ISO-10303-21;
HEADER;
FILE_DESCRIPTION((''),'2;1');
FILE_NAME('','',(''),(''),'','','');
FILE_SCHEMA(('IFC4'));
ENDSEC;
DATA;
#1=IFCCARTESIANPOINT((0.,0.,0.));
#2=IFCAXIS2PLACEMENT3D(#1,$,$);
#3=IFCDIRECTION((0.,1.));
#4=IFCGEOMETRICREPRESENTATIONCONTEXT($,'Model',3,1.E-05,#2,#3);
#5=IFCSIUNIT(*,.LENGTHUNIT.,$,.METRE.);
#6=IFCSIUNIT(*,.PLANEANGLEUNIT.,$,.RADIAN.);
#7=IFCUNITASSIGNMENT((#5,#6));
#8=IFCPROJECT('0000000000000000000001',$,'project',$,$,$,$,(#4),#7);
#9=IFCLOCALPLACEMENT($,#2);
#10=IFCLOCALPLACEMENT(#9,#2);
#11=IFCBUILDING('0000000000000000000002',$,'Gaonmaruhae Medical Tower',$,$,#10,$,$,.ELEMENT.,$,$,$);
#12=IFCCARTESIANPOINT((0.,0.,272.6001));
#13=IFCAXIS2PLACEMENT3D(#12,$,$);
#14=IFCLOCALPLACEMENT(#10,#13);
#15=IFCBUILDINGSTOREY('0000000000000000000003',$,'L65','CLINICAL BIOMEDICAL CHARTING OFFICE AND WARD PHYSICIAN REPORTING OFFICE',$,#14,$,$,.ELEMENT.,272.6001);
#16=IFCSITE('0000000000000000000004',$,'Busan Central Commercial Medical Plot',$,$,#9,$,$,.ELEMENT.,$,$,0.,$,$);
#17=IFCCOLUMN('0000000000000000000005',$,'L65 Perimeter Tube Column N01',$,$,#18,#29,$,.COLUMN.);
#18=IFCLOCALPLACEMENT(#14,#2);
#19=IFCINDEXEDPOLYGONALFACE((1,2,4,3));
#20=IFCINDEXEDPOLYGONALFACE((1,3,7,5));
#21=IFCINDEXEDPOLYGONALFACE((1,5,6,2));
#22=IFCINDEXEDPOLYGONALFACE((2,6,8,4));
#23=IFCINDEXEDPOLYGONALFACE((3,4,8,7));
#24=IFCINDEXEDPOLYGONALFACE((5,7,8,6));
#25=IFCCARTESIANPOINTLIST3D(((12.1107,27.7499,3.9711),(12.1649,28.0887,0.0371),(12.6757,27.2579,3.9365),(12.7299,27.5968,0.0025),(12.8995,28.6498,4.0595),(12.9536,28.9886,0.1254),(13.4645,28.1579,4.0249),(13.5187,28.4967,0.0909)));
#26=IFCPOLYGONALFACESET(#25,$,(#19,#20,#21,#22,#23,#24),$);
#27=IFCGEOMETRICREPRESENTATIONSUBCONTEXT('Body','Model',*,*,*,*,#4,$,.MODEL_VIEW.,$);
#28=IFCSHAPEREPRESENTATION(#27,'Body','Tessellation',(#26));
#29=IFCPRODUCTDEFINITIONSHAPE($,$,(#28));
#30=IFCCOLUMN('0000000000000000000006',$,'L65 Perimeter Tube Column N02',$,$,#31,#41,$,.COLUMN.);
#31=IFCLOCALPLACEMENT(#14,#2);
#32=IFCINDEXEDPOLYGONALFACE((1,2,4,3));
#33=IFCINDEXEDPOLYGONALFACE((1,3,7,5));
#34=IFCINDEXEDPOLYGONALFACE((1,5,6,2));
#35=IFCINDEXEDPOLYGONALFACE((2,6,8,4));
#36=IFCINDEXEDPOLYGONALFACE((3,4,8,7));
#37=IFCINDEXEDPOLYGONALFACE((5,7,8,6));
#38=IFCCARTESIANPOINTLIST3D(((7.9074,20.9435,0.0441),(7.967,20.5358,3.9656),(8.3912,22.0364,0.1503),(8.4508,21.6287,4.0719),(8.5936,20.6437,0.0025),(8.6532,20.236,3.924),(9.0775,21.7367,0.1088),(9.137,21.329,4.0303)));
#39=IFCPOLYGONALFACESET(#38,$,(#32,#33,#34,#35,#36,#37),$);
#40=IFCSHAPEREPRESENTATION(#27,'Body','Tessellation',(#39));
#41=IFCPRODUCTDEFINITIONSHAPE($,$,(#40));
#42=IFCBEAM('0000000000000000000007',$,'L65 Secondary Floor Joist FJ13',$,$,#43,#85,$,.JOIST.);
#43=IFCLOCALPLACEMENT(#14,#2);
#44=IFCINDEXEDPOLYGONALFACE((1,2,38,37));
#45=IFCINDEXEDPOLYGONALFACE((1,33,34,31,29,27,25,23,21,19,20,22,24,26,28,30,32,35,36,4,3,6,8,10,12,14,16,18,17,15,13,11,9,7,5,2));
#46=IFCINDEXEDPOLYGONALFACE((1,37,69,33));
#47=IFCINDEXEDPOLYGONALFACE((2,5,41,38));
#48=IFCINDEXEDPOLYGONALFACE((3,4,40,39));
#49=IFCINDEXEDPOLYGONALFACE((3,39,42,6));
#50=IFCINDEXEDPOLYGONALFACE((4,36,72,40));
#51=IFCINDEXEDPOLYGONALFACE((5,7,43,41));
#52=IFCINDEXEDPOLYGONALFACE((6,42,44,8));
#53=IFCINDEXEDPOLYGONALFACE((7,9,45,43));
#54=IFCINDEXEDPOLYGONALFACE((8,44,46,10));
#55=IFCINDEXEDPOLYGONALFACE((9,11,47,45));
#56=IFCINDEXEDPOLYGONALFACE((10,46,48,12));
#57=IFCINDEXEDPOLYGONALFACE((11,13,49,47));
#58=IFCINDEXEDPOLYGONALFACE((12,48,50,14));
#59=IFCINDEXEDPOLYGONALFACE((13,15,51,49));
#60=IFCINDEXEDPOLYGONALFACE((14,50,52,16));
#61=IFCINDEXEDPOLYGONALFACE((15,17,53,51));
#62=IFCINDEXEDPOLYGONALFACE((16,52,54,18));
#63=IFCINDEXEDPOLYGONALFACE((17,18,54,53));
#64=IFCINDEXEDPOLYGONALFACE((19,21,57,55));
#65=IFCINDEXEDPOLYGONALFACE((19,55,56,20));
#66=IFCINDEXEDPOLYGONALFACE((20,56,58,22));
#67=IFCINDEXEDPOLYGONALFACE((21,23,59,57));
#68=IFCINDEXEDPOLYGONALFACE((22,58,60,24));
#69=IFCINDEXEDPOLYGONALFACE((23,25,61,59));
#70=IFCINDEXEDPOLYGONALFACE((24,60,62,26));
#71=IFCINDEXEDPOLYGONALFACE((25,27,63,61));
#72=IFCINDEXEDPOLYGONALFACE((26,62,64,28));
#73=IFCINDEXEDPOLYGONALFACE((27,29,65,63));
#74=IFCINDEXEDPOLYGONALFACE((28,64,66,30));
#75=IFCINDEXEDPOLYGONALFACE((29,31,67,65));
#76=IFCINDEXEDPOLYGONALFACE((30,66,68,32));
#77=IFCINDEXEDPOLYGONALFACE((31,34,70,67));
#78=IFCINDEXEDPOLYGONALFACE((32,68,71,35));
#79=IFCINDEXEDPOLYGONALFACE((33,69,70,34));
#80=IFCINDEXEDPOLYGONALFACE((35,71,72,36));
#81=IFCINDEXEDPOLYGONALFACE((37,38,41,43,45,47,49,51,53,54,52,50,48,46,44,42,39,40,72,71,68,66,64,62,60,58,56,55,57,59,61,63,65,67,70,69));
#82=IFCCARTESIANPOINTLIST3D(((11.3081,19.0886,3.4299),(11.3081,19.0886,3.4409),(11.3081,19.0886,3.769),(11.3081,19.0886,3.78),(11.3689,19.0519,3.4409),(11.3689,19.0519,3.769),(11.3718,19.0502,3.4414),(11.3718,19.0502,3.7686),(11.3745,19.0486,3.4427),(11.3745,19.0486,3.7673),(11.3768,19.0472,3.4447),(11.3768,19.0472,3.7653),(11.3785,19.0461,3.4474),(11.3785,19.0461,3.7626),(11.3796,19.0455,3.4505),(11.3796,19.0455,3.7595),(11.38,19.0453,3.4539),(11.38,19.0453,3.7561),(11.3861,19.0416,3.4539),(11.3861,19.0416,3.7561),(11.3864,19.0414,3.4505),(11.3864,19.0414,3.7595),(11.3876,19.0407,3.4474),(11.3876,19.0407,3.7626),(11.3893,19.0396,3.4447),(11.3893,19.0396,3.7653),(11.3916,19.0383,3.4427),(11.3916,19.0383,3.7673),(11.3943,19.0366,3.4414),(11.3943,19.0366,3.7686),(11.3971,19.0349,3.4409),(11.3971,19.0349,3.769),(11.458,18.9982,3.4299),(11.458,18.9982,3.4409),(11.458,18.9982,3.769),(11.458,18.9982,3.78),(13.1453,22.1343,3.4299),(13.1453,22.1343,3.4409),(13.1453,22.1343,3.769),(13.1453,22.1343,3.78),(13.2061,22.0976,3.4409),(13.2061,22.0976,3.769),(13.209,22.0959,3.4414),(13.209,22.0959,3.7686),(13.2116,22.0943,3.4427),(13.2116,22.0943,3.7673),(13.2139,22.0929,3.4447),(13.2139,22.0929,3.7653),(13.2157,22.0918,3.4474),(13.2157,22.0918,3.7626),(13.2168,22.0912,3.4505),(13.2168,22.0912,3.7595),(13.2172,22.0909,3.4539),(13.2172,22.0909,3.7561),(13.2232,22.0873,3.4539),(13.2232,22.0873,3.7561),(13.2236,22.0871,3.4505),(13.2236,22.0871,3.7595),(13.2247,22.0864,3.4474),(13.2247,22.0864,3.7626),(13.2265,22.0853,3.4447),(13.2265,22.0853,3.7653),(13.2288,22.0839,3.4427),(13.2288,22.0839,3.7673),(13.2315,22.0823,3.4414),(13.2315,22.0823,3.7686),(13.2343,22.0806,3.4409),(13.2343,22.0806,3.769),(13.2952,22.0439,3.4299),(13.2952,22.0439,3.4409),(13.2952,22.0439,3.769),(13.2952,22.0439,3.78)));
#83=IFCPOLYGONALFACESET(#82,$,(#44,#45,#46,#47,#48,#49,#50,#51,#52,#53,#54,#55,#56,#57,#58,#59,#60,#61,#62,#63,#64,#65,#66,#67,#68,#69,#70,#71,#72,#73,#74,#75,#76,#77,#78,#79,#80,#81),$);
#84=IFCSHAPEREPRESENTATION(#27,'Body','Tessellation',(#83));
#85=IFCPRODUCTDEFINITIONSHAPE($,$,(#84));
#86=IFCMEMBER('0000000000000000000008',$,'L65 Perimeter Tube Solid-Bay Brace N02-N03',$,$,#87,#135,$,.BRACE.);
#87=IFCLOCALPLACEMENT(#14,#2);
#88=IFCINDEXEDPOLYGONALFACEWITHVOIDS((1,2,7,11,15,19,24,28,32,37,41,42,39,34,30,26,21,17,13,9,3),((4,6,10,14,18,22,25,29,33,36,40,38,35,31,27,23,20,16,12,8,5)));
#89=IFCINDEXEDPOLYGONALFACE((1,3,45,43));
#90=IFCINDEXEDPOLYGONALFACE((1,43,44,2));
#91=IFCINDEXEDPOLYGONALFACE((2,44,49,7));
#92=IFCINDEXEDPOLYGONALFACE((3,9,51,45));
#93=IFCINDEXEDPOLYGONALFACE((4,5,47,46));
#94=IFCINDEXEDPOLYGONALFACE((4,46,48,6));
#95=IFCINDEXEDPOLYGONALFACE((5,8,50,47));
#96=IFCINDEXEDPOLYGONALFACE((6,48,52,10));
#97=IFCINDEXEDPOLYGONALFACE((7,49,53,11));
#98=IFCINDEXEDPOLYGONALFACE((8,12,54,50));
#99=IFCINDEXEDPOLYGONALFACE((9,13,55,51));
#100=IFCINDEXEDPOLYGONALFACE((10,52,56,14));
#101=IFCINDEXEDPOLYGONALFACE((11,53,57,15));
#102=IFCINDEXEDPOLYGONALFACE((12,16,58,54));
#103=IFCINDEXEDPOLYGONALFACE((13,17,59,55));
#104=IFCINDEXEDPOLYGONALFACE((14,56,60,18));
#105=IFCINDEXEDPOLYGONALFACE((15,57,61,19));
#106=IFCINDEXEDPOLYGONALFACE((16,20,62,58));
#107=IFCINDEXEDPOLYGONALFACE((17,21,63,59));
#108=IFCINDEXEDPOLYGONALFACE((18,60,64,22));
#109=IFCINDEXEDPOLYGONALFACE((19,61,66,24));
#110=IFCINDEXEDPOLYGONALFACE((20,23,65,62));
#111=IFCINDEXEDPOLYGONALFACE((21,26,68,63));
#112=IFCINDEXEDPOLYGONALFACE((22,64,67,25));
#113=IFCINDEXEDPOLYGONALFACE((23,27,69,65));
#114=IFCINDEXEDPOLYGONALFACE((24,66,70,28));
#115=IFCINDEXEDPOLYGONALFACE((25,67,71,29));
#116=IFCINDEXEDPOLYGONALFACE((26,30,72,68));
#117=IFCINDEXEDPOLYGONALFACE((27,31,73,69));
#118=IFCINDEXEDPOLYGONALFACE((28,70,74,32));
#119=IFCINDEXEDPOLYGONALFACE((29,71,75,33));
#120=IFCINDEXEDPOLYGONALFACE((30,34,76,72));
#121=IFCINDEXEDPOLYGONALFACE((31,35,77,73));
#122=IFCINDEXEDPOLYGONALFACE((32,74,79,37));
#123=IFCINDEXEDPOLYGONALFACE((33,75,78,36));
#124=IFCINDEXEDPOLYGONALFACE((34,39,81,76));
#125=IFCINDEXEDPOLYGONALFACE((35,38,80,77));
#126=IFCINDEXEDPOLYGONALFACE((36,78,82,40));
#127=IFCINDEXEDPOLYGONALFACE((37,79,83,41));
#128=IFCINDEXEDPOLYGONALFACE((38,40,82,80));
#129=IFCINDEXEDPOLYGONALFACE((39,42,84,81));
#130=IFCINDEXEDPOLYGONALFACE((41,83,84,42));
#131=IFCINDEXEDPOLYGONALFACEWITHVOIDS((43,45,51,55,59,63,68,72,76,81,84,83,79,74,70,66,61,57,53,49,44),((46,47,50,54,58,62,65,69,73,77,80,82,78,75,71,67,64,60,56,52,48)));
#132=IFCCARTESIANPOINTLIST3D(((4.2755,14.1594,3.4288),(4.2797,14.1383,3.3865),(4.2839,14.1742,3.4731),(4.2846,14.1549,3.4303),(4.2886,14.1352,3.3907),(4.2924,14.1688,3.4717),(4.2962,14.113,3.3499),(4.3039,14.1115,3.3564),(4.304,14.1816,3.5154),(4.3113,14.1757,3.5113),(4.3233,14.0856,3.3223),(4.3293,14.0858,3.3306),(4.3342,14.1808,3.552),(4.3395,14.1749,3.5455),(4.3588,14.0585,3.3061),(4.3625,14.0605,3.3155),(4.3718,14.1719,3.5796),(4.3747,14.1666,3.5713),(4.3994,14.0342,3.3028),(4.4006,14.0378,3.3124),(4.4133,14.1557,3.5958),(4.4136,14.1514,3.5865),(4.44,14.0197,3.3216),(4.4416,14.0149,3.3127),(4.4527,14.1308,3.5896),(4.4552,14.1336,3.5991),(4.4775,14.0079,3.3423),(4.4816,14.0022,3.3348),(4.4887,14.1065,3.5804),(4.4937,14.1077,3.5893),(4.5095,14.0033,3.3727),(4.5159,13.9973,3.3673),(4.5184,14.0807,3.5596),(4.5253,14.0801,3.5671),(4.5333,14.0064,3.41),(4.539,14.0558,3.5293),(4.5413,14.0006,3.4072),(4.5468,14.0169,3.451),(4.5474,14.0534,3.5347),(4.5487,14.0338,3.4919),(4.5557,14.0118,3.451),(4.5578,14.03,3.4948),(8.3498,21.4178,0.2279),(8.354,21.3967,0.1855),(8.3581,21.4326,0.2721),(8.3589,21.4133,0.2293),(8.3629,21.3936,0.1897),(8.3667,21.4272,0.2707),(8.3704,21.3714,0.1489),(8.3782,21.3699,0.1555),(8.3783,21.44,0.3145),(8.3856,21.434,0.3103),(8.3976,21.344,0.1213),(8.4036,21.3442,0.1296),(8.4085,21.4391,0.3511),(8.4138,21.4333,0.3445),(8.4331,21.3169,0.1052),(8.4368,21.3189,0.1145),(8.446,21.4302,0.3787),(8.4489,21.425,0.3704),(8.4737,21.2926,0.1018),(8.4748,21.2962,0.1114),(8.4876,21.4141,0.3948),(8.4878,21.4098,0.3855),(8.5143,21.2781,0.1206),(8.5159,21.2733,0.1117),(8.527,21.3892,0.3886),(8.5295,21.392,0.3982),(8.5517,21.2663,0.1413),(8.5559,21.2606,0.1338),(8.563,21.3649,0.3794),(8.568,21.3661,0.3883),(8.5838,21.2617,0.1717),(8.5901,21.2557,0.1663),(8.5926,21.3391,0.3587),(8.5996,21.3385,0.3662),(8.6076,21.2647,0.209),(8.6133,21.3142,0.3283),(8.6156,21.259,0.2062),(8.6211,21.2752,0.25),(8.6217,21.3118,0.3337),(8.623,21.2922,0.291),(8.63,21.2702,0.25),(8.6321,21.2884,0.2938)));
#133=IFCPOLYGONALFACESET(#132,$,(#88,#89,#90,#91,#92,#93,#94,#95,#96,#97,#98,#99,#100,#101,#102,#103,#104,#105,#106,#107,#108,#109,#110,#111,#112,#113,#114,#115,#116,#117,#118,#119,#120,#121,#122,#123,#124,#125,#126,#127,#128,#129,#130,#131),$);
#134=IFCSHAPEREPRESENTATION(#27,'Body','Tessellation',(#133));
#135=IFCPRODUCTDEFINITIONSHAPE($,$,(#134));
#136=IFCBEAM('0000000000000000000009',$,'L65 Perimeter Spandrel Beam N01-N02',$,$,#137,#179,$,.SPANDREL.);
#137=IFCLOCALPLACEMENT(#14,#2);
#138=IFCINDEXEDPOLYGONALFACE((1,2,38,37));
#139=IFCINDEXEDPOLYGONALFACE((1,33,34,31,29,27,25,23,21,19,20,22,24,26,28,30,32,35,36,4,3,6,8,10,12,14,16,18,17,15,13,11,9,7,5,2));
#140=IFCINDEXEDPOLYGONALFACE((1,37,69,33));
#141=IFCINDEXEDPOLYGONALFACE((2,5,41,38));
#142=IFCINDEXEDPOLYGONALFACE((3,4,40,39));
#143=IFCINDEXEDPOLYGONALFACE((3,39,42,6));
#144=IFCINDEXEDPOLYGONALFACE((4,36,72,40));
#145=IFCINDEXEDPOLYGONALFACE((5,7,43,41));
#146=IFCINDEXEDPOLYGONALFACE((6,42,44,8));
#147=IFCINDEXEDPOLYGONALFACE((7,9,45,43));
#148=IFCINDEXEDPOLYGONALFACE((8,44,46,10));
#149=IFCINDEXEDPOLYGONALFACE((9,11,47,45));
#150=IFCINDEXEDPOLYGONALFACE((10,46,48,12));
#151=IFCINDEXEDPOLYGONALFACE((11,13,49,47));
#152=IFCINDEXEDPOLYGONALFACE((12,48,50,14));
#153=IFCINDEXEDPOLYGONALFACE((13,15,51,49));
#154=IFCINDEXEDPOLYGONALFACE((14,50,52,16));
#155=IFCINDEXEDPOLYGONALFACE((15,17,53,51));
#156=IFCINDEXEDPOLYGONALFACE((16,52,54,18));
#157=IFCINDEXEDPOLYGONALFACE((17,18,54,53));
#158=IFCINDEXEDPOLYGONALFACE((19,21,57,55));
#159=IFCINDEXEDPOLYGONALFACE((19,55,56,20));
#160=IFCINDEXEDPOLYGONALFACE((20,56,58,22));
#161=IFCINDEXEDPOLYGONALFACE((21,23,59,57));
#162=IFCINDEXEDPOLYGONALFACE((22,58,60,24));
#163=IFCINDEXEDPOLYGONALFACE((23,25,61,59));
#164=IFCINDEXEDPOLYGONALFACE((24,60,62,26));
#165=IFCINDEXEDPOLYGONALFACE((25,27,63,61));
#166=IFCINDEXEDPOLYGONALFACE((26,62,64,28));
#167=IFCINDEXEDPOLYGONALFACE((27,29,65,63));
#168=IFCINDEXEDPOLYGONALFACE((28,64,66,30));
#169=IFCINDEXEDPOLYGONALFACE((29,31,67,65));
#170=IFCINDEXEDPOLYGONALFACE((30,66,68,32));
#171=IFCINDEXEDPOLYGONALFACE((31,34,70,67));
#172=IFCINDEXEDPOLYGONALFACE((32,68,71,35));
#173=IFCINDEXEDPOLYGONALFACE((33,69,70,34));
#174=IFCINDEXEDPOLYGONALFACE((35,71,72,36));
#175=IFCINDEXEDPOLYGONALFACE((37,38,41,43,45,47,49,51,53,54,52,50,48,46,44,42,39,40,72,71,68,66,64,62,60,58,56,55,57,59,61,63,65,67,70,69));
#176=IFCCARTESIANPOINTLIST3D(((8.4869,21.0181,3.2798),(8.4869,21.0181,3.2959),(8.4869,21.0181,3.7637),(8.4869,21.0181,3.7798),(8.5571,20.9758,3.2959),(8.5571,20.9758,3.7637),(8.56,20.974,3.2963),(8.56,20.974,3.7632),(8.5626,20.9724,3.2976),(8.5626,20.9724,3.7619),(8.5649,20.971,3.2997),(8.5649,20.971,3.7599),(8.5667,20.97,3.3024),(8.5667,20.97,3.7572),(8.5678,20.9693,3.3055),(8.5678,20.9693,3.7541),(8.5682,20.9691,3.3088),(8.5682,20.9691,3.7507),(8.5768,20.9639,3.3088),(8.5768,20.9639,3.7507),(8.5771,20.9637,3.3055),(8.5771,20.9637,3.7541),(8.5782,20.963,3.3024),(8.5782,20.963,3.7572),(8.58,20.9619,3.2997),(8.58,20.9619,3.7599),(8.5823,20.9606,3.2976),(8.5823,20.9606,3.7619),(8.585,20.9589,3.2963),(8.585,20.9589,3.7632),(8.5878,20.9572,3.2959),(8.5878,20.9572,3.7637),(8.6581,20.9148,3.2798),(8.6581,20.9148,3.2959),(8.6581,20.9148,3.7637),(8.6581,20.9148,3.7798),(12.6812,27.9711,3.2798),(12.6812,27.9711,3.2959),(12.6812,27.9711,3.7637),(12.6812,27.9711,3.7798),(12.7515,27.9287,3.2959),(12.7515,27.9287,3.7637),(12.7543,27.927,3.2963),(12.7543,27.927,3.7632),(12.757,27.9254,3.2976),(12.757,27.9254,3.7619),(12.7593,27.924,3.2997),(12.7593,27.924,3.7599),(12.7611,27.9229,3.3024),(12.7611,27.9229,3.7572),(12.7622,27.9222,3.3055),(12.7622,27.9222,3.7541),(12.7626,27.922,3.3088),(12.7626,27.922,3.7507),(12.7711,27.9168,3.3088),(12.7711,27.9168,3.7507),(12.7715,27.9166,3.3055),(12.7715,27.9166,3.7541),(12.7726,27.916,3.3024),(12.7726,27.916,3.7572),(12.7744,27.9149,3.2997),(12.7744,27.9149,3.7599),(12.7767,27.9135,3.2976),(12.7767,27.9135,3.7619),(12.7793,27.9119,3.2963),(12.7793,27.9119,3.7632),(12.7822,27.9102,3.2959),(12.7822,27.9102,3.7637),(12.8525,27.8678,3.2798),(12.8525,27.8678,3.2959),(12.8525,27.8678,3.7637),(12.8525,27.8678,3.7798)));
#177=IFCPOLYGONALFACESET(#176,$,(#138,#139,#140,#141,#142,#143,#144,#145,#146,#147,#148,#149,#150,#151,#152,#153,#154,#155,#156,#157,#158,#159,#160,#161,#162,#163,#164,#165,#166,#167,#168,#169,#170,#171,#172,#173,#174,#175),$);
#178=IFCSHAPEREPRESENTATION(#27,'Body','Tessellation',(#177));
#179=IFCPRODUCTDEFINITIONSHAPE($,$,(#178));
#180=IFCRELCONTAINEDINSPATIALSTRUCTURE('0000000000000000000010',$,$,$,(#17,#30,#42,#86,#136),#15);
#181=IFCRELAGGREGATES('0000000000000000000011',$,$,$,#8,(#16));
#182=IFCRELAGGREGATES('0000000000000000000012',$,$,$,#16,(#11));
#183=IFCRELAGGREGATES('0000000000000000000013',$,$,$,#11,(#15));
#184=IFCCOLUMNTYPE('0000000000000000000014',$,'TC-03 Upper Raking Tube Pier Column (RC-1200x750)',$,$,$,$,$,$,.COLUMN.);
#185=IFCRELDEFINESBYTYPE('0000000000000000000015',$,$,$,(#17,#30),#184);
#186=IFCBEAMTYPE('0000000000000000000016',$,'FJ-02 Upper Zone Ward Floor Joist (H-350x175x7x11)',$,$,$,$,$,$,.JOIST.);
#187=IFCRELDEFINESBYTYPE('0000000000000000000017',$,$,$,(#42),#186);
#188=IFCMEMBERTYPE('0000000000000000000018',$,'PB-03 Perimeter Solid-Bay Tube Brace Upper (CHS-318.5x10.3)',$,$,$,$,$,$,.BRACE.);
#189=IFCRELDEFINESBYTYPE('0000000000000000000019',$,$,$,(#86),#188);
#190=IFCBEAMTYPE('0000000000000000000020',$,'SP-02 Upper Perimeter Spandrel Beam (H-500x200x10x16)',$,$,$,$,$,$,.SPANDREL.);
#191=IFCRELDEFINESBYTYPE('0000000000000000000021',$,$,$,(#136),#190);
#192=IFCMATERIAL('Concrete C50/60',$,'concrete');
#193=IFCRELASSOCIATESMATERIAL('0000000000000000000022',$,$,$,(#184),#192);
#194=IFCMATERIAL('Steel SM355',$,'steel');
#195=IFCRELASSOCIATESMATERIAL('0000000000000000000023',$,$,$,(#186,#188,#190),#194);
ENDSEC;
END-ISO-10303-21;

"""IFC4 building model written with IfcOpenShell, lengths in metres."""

from ifc_helpers import new_model, si_unit, direction, frame, origin, origin_2d, place, context, subcontext, project, spatial, rectangle, hollow_circle, i_section, extrude, material, material_profile, profile_set, type_object, element, save


model = new_model("IFC4")

# Units and contexts
model_context = context("Model", 3, precision=1e-05, world=origin(), true_north=direction((0.0, 1.0)))
body_context = subcontext(model_context, "Body", "Model", "MODEL_VIEW")
ifc_project = project(units=[si_unit("LENGTHUNIT", "METRE"), si_unit("PLANEANGLEUNIT", "RADIAN")], contexts=[model_context])

# Site, building, storey
site_placement = place(None, origin())
site = spatial("IfcSite", under=ifc_project, at=site_placement, Name="Busan Central Commercial Medical Plot", CompositionType="ELEMENT", RefElevation=0.0)
building_placement = place(site_placement, origin())
building = spatial("IfcBuilding", under=site, at=building_placement, Name="Gaonmaruhae Medical Tower", CompositionType="ELEMENT")
storey_placement = place(building_placement, frame((0.0, 0.0, 272.6001)))
storey = spatial("IfcBuildingStorey", under=building, at=storey_placement, Name="L65", Description="CLINICAL BIOMEDICAL CHARTING OFFICE AND WARD PHYSICIAN REPORTING OFFICE", CompositionType="ELEMENT", Elevation=272.6001)

# Columns
ifc_material_1 = material(Name="Concrete C50/60", Category="concrete")
ifc_material_profile_1 = material_profile(ifc_material_1, rectangle(XDim=1.2, YDim=0.75, at=origin_2d()), Name="RC-1200x750")
ifc_profile_set_1 = profile_set([ifc_material_profile_1], Name="Concrete C50/60")
column_type = type_object("IfcColumnType", Name="TC-03 Upper Raking Tube Pier Column (RC-1200x750)", PredefinedType="COLUMN", material=ifc_profile_set_1)
column_1_placement = place(storey_placement, frame((12.8418, 28.2927, 0.064), z_axis=(-0.013725, -0.08581, 0.996217), x_axis=(0.657356, 0.749972, 0.073656)))
element("IfcColumn", 1, at=column_1_placement, inside=storey, type_object=column_type, Name="L65 Perimeter Tube Column N01", PredefinedType="COLUMN", context=body_context, shape_type="SweptSolid", body=[
    extrude(rectangle(XDim=1.2, YDim=0.75, at=origin_2d()), origin(), (0.0, 0.0, 1.0), 3.949),
])
column_2_placement = place(storey_placement, frame((8.4924, 21.3401, 0.0764), z_axis=(0.015107, -0.103396, 0.994525), x_axis=(0.403217, 0.910808, 0.088568)))
element("IfcColumn", 2, at=column_2_placement, inside=storey, type_object=column_type, Name="L65 Perimeter Tube Column N02", PredefinedType="COLUMN", context=body_context, shape_type="SweptSolid", body=[
    extrude(rectangle(XDim=1.2, YDim=0.75, at=origin_2d()), origin(), (0.0, 0.0, 1.0), 3.9431),
])

# Beam
ifc_material_2 = material(Name="Steel SM355", Category="steel")
ifc_material_profile_2 = material_profile(ifc_material_2, i_section(OverallWidth=0.175, OverallDepth=0.3501, WebThickness=0.0071, FlangeThickness=0.011, FilletRadius=0.0129, at=origin_2d()), Name="H-350x175x7x11")
ifc_profile_set_2 = profile_set([ifc_material_profile_2], Name="Steel SM355")
beam_type_1 = type_object("IfcBeamType", Name="FJ-02 Upper Zone Ward Floor Joist (H-350x175x7x11)", PredefinedType="JOIST", material=ifc_profile_set_2)
beam_placement = place(storey_placement, frame((13.2202, 22.0891, 3.605), z_axis=(-0.516513, -0.856279, 0.0), x_axis=(0.856279, -0.516513, 0.0)))
element("IfcBeam", 3, at=beam_placement, inside=storey, type_object=beam_type_1, Name="L65 Secondary Floor Joist FJ13", PredefinedType="JOIST", context=body_context, shape_type="SweptSolid", body=[
    extrude(i_section(OverallWidth=0.175, OverallDepth=0.3501, WebThickness=0.0071, FlangeThickness=0.011, FilletRadius=0.0129, at=origin_2d()), origin(), (0.0, 0.0, 1.0), 3.5569),
])

# Member
ifc_material_profile_3 = material_profile(ifc_material_2, hollow_circle(Radius=0.1592, WallThickness=0.0103, at=origin_2d()), Name="CHS-318.5x10.3")
ifc_profile_set_3 = profile_set([ifc_material_profile_3], Name="Steel SM355")
member_type = type_object("IfcMemberType", Name="PB-03 Perimeter Solid-Bay Tube Brace Upper (CHS-318.5x10.3)", PredefinedType="BRACE", material=ifc_profile_set_3)
member_placement = place(storey_placement, frame((8.4912, 21.3481, 0.25), z_axis=(-0.456861, -0.813907, 0.358935), x_axis=(0.872015, -0.489478, 0.0)))
element("IfcMember", 4, at=member_placement, inside=storey, type_object=member_type, Name="L65 Perimeter Tube Solid-Bay Brace N02-N03", PredefinedType="BRACE", context=body_context, shape_type="SweptSolid", body=[
    extrude(hollow_circle(Radius=0.1592, WallThickness=0.0103, at=origin_2d()), origin(), (0.0, 0.0, 1.0), 8.918),
])

# Beam
ifc_material_profile_4 = material_profile(ifc_material_2, i_section(OverallWidth=0.2, OverallDepth=0.5, WebThickness=0.01, FlangeThickness=0.0161, FilletRadius=0.0129, at=origin_2d()), Name="H-500x200x10x16")
ifc_profile_set_4 = profile_set([ifc_material_profile_4], Name="Steel SM355")
beam_type_2 = type_object("IfcBeamType", Name="SP-02 Upper Perimeter Spandrel Beam (H-500x200x10x16)", PredefinedType="SPANDREL", material=ifc_profile_set_4)
for number, where, z_axis, x_axis, name in (
    (5, (12.7668, 27.9194, 3.5298), (-0.516541, -0.856262, 0.0), (0.856262, -0.516541, 0.0), "L65 Perimeter Spandrel Beam N01-N02"),
):
    element("IfcBeam", number, at=place(storey_placement, frame(where, z_axis=z_axis, x_axis=x_axis)), inside=storey, type_object=beam_type_2, Name=name, PredefinedType="SPANDREL", context=body_context, shape_type="SweptSolid", body=[
        extrude(i_section(OverallWidth=0.2, OverallDepth=0.5, WebThickness=0.01, FlangeThickness=0.0161, FilletRadius=0.0129, at=origin_2d()), origin(), (0.0, 0.0, 1.0), 8.1201),
    ])

save(model, "model.ifc")
